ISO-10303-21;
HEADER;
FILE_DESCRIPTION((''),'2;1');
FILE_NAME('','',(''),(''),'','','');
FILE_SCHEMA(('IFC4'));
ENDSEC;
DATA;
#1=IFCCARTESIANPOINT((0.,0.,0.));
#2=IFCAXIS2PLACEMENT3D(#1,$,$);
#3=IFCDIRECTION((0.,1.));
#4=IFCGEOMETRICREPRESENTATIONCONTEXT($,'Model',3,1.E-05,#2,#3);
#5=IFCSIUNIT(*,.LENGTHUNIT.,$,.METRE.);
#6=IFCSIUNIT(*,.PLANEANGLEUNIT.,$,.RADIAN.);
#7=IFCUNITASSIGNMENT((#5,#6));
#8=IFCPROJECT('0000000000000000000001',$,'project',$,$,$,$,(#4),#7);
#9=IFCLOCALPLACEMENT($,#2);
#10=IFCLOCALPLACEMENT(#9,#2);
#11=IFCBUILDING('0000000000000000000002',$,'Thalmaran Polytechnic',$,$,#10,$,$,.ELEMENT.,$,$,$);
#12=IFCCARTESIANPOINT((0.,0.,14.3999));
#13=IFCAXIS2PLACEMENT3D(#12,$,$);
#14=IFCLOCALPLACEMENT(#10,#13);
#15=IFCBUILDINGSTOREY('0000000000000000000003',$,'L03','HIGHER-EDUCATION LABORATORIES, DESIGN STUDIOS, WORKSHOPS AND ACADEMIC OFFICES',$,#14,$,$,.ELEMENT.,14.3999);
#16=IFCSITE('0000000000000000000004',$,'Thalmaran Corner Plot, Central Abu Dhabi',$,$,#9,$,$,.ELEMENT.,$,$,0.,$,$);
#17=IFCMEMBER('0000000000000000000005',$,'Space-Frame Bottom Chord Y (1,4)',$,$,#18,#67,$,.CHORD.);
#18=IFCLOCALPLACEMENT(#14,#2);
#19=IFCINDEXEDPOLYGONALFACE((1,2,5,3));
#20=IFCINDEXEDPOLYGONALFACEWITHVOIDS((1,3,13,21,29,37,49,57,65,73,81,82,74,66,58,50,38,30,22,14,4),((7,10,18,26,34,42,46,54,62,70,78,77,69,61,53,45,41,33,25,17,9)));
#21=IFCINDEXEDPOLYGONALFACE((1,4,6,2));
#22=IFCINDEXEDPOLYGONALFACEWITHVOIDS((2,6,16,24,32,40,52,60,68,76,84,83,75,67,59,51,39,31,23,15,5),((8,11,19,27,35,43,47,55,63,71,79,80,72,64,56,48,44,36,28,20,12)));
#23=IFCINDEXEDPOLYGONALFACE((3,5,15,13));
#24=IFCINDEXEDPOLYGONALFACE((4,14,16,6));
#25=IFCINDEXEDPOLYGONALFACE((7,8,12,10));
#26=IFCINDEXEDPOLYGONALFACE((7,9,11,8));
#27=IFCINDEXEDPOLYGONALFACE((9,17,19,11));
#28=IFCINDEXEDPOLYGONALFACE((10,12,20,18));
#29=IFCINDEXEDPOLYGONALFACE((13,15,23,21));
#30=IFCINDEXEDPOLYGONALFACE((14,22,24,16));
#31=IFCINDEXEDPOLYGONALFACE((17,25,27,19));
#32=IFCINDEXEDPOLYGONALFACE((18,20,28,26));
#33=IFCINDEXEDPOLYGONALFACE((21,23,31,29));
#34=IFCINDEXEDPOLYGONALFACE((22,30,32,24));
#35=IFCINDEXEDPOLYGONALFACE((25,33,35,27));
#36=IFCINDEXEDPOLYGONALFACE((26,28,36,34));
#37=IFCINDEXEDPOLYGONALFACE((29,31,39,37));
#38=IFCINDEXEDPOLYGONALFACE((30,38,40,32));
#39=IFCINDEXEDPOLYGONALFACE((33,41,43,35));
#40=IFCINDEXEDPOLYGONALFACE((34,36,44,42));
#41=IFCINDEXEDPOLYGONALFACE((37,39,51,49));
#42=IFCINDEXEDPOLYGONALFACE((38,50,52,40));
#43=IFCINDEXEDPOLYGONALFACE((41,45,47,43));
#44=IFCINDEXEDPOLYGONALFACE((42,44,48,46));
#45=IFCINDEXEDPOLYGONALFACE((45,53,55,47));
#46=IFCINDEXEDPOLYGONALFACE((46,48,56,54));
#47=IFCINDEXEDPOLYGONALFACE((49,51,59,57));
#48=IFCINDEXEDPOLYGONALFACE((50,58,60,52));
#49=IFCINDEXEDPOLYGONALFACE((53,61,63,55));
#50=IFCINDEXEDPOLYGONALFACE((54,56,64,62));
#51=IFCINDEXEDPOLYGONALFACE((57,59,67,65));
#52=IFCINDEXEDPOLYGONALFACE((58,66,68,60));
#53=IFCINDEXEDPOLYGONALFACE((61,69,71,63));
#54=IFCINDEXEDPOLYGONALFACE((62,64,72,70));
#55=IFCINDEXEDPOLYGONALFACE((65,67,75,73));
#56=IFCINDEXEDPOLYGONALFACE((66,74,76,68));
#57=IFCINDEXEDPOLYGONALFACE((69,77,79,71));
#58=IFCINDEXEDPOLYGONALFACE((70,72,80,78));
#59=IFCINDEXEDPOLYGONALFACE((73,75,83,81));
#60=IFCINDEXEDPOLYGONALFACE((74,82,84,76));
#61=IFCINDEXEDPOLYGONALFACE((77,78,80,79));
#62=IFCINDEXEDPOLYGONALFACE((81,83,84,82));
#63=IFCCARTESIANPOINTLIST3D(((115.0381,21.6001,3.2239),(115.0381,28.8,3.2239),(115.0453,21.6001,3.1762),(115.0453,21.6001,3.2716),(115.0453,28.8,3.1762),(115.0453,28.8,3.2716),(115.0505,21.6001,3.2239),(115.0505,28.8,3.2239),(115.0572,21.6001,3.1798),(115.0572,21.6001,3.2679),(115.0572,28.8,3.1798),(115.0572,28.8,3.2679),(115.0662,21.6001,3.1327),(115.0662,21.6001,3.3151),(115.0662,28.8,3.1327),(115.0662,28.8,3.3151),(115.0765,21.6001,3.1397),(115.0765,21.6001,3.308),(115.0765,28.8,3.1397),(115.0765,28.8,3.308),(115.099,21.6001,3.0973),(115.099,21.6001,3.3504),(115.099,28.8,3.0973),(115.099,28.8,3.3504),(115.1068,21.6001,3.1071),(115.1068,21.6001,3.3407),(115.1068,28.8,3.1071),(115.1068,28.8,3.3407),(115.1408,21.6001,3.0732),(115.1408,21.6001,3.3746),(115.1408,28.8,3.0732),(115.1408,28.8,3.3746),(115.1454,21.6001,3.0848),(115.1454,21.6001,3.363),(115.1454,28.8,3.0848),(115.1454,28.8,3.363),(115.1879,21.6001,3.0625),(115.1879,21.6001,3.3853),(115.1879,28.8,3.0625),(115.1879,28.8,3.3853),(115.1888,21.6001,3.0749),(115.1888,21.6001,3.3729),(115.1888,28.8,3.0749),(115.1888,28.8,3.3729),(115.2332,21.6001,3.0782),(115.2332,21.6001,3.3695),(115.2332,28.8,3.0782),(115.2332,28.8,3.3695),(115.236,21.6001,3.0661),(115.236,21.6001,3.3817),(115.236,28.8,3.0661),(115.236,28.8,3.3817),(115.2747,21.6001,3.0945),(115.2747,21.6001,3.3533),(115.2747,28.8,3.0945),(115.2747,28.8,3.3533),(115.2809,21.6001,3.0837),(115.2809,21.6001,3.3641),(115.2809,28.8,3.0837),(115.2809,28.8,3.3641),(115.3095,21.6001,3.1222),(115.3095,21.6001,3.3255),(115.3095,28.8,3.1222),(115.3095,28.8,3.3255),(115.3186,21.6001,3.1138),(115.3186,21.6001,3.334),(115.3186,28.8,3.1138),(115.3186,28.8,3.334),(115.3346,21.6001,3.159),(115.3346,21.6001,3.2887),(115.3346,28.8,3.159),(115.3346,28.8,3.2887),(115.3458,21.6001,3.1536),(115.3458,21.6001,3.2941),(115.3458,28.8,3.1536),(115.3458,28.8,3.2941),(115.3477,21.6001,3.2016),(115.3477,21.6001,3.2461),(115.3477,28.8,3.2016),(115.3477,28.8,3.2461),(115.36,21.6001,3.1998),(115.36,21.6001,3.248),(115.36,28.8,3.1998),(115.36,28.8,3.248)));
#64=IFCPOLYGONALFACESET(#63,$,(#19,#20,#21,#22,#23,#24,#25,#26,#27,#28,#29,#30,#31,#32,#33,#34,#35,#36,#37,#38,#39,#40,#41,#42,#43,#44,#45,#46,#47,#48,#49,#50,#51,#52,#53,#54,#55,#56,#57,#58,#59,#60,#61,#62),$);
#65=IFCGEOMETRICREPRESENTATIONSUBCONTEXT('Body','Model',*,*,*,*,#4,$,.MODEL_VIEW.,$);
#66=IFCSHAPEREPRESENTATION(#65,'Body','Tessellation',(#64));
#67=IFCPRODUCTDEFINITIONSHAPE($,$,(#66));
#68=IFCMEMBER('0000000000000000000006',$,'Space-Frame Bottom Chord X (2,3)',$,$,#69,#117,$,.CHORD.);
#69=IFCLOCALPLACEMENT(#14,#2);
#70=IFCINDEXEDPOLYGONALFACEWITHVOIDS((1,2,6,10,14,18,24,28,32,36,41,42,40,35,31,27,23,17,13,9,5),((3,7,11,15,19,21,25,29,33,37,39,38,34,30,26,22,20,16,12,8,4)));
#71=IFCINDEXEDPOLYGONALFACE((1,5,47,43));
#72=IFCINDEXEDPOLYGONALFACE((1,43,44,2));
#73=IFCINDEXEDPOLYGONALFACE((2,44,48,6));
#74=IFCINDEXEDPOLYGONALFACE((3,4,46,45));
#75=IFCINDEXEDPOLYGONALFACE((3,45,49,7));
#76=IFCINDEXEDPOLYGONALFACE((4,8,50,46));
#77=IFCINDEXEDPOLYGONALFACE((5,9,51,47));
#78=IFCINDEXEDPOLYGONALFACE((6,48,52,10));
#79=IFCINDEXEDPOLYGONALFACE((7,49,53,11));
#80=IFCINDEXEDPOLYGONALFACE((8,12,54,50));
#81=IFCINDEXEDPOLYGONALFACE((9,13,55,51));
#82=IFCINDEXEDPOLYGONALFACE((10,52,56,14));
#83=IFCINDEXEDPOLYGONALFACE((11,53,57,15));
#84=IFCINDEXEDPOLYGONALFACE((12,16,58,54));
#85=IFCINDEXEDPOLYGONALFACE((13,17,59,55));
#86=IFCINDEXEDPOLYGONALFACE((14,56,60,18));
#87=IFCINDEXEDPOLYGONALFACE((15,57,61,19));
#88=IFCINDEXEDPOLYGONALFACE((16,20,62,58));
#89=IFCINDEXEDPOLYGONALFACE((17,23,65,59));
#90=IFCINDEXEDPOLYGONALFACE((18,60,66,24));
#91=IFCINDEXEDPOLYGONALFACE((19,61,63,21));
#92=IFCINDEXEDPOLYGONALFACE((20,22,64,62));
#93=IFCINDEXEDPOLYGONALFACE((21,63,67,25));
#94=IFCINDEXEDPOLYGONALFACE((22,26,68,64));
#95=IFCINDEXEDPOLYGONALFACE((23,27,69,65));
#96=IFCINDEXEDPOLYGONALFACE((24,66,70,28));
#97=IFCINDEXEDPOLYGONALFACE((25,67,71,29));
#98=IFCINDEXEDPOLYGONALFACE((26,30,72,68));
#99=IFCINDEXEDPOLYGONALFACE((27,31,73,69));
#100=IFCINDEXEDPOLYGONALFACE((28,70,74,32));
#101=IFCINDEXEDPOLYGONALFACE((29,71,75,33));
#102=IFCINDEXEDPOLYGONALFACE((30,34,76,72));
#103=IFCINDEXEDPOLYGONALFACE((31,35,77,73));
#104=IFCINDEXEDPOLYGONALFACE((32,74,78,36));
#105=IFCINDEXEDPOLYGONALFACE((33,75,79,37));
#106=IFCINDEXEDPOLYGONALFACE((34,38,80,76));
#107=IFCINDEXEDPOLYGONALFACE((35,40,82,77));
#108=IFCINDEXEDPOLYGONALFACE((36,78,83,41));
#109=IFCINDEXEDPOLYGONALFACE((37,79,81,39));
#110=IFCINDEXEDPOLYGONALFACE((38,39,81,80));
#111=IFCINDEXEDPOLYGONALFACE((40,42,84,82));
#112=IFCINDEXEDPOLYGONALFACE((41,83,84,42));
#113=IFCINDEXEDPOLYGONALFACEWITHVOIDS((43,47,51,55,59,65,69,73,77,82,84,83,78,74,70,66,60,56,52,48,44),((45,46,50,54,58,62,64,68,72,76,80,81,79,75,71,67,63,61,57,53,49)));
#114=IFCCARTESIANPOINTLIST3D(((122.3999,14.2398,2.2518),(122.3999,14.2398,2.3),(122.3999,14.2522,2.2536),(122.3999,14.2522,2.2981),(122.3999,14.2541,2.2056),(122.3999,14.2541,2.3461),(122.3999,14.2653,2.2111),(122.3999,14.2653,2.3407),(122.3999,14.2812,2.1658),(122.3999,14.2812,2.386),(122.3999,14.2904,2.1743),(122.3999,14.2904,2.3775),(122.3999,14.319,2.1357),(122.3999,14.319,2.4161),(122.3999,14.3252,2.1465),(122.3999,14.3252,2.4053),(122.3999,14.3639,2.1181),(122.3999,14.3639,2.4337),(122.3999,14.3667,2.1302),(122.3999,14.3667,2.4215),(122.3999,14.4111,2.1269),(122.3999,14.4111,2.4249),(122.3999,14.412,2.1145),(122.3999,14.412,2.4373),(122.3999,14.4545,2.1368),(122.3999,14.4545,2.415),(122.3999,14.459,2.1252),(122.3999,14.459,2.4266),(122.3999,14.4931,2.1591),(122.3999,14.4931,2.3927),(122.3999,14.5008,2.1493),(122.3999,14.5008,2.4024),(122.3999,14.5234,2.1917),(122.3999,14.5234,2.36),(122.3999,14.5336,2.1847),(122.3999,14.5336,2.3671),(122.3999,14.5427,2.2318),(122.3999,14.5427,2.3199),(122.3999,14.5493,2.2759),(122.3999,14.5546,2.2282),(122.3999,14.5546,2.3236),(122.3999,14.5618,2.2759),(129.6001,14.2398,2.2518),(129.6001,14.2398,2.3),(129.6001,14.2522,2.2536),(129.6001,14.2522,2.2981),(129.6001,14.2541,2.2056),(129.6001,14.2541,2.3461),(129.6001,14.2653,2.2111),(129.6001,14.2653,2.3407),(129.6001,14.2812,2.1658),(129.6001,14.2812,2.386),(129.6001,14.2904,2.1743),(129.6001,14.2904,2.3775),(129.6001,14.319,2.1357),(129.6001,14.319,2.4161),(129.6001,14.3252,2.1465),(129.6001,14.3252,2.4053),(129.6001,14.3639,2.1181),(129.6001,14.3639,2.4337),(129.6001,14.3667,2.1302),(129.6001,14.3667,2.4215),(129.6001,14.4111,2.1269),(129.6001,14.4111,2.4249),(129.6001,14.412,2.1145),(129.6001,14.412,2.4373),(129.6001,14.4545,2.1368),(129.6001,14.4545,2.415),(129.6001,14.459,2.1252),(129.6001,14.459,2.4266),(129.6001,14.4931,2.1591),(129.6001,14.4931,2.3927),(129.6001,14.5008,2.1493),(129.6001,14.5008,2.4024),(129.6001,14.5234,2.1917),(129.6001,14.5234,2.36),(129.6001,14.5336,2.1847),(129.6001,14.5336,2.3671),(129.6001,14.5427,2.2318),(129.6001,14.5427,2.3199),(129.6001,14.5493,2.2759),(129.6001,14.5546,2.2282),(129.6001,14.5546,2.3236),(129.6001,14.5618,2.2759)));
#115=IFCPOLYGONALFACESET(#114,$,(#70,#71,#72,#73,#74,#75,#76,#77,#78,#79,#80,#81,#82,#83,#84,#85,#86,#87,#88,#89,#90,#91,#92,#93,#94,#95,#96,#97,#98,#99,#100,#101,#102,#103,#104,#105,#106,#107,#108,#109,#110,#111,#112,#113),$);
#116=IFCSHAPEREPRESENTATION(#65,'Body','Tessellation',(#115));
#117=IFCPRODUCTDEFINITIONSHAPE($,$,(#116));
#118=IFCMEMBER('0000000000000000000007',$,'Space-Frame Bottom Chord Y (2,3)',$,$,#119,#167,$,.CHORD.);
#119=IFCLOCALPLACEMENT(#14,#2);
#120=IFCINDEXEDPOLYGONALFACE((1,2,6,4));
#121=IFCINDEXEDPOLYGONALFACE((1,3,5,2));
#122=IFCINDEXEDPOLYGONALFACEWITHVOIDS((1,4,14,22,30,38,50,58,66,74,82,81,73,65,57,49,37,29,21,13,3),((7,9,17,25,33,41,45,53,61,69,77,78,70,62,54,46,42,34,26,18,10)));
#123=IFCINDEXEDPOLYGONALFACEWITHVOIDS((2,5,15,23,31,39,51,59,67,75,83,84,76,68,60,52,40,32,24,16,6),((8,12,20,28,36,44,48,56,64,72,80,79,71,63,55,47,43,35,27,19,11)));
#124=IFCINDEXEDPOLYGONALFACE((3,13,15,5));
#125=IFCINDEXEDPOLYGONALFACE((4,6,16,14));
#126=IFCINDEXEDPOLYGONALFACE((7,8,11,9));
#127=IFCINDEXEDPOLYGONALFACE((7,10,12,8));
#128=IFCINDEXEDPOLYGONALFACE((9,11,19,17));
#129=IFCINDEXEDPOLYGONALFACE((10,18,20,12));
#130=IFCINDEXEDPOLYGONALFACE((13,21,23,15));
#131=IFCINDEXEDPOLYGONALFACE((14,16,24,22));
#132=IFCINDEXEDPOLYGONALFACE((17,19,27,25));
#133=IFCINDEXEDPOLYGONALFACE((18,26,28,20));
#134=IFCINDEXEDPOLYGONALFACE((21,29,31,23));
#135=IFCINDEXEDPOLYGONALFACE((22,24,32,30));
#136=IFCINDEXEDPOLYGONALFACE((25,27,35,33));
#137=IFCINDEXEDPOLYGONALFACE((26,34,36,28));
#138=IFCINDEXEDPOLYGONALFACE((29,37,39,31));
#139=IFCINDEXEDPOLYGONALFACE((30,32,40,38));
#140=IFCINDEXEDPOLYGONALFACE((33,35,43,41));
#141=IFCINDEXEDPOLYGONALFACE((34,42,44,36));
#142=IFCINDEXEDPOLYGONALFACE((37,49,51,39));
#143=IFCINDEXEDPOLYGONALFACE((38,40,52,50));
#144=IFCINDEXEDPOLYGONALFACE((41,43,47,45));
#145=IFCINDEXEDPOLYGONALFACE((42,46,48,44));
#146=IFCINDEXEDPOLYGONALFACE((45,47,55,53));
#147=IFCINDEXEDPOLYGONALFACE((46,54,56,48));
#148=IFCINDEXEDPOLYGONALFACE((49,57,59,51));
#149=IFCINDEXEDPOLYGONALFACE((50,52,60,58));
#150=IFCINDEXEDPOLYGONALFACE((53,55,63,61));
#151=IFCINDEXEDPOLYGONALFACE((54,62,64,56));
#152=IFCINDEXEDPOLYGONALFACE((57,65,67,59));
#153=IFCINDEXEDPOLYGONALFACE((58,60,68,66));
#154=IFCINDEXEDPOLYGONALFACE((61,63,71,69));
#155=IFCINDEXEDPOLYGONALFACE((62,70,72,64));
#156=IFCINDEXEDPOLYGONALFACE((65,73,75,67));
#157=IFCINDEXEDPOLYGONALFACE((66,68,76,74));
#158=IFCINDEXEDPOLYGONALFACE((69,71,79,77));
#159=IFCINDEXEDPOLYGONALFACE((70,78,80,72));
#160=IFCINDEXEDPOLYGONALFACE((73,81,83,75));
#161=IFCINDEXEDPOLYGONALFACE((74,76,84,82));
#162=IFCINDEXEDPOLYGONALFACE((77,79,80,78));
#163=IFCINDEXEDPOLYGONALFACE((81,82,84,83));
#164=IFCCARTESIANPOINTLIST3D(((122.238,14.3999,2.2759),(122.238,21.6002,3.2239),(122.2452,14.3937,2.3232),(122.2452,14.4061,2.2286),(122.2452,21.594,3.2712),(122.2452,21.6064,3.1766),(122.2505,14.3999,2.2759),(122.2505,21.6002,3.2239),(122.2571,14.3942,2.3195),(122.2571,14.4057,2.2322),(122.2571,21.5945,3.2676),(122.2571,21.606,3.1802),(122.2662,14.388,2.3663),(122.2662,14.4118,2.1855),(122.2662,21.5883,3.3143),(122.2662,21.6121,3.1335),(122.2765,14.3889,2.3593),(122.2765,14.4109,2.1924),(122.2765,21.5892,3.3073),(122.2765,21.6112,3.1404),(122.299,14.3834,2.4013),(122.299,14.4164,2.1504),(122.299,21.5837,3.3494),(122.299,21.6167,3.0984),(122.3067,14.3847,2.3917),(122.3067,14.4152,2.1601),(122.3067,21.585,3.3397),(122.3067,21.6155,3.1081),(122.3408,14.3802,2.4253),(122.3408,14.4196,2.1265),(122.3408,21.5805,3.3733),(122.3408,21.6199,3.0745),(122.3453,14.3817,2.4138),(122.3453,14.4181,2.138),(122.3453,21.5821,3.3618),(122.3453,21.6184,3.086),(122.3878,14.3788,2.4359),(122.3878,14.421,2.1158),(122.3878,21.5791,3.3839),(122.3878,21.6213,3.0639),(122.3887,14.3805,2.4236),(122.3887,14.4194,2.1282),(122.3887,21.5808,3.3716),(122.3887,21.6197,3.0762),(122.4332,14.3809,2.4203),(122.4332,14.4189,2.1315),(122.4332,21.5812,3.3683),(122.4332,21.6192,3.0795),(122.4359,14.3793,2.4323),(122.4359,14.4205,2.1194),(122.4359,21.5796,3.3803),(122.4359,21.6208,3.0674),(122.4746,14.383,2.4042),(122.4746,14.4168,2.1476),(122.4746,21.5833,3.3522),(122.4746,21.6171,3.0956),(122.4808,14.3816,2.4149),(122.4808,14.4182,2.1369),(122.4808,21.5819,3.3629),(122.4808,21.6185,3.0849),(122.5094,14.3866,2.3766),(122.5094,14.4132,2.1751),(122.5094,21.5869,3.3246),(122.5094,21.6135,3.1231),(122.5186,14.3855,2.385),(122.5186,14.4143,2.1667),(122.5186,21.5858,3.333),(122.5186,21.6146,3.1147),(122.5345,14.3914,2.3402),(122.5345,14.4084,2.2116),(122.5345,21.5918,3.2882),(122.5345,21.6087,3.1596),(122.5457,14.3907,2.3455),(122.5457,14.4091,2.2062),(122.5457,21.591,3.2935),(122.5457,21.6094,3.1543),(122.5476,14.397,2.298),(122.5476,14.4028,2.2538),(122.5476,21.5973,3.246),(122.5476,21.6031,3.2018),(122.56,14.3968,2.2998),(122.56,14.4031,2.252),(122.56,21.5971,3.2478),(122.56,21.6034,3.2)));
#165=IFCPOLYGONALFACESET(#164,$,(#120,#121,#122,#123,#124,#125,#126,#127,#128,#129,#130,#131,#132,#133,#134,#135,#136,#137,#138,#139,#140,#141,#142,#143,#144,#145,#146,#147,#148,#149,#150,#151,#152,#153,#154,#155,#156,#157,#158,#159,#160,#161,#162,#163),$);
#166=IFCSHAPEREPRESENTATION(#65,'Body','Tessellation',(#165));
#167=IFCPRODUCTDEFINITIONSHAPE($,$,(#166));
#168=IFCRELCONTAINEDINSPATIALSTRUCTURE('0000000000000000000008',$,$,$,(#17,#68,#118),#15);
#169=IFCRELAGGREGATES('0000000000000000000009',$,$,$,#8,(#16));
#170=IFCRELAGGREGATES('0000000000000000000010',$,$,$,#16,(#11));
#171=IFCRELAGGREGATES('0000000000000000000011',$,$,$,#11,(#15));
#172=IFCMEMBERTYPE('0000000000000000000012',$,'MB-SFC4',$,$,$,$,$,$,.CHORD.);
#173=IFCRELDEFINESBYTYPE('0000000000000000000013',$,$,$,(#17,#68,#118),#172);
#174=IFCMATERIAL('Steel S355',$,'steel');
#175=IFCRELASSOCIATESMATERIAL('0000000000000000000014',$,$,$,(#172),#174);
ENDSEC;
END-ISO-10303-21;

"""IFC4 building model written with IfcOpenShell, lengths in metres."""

from ifc_helpers import new_model, si_unit, direction, frame, origin, origin_2d, place, context, subcontext, project, spatial, hollow_circle, extrude, material, material_profile, profile_set, type_object, element, save


model = new_model("IFC4")

# Units and contexts
model_context = context("Model", 3, precision=1e-05, world=origin(), true_north=direction((0.0, 1.0)))
body_context = subcontext(model_context, "Body", "Model", "MODEL_VIEW")
ifc_project = project(units=[si_unit("LENGTHUNIT", "METRE"), si_unit("PLANEANGLEUNIT", "RADIAN")], contexts=[model_context])

# Site, building, storey
site_placement = place(None, origin())
site = spatial("IfcSite", under=ifc_project, at=site_placement, Name="Thalmaran Corner Plot, Central Abu Dhabi", CompositionType="ELEMENT", RefElevation=0.0)
building_placement = place(site_placement, origin())
building = spatial("IfcBuilding", under=site, at=building_placement, Name="Thalmaran Polytechnic", CompositionType="ELEMENT")
storey_placement = place(building_placement, frame((0.0, 0.0, 14.3999)))
storey = spatial("IfcBuildingStorey", under=building, at=storey_placement, Name="L03", Description="HIGHER-EDUCATION LABORATORIES, DESIGN STUDIOS, WORKSHOPS AND ACADEMIC OFFICES", CompositionType="ELEMENT", Elevation=14.3999)

# Shared definitions
ifc_material_1 = material(Name="Steel S355", Category="steel")

# Members
ifc_material_profile_1 = material_profile(ifc_material_1, hollow_circle(Radius=0.1619, WallThickness=0.0125, at=origin_2d()), Name="CHS 323.9x12.5")
ifc_profile_set_1 = profile_set([ifc_material_profile_1], Name="Steel S355")
member_type_1 = type_object("IfcMemberType", Name="MB-SFC4", PredefinedType="CHORD", material=ifc_profile_set_1)
member_1_placement = place(storey_placement, frame((115.2, 21.6001, 3.2239), z_axis=(0.0, 1.0, 0.0), x_axis=(-1.0, 0.0, 0.0)))
element("IfcMember", 1, at=member_1_placement, inside=storey, type_object=member_type_1, Name="Space-Frame Bottom Chord Y (1,4)", PredefinedType="CHORD", context=body_context, shape_type="SweptSolid", body=[
    extrude(hollow_circle(Radius=0.1619, WallThickness=0.0125, at=origin_2d()), origin(), (0.0, 0.0, 1.0), 7.2),
])
member_2_placement = place(storey_placement, frame((122.3999, 14.3999, 2.2759), z_axis=(1.0, 0.0, 0.0), x_axis=(0.0, 1.0, 0.0)))
element("IfcMember", 2, at=member_2_placement, inside=storey, type_object=member_type_1, Name="Space-Frame Bottom Chord X (2,3)", PredefinedType="CHORD", context=body_context, shape_type="SweptSolid", body=[
    extrude(hollow_circle(Radius=0.1619, WallThickness=0.0125, at=origin_2d()), origin(), (0.0, 0.0, 1.0), 7.2002),
])
member_3_placement = place(storey_placement, frame((122.3999, 14.3999, 2.2759), z_axis=(0.0, 0.991444, 0.130536), x_axis=(-1.0, 0.0, 0.0)))
element("IfcMember", 3, at=member_3_placement, inside=storey, type_object=member_type_1, Name="Space-Frame Bottom Chord Y (2,3)", PredefinedType="CHORD", context=body_context, shape_type="SweptSolid", body=[
    extrude(hollow_circle(Radius=0.1619, WallThickness=0.0125, at=origin_2d()), origin(), (0.0, 0.0, 1.0), 7.2625),
])

save(model, "model.ifc")
